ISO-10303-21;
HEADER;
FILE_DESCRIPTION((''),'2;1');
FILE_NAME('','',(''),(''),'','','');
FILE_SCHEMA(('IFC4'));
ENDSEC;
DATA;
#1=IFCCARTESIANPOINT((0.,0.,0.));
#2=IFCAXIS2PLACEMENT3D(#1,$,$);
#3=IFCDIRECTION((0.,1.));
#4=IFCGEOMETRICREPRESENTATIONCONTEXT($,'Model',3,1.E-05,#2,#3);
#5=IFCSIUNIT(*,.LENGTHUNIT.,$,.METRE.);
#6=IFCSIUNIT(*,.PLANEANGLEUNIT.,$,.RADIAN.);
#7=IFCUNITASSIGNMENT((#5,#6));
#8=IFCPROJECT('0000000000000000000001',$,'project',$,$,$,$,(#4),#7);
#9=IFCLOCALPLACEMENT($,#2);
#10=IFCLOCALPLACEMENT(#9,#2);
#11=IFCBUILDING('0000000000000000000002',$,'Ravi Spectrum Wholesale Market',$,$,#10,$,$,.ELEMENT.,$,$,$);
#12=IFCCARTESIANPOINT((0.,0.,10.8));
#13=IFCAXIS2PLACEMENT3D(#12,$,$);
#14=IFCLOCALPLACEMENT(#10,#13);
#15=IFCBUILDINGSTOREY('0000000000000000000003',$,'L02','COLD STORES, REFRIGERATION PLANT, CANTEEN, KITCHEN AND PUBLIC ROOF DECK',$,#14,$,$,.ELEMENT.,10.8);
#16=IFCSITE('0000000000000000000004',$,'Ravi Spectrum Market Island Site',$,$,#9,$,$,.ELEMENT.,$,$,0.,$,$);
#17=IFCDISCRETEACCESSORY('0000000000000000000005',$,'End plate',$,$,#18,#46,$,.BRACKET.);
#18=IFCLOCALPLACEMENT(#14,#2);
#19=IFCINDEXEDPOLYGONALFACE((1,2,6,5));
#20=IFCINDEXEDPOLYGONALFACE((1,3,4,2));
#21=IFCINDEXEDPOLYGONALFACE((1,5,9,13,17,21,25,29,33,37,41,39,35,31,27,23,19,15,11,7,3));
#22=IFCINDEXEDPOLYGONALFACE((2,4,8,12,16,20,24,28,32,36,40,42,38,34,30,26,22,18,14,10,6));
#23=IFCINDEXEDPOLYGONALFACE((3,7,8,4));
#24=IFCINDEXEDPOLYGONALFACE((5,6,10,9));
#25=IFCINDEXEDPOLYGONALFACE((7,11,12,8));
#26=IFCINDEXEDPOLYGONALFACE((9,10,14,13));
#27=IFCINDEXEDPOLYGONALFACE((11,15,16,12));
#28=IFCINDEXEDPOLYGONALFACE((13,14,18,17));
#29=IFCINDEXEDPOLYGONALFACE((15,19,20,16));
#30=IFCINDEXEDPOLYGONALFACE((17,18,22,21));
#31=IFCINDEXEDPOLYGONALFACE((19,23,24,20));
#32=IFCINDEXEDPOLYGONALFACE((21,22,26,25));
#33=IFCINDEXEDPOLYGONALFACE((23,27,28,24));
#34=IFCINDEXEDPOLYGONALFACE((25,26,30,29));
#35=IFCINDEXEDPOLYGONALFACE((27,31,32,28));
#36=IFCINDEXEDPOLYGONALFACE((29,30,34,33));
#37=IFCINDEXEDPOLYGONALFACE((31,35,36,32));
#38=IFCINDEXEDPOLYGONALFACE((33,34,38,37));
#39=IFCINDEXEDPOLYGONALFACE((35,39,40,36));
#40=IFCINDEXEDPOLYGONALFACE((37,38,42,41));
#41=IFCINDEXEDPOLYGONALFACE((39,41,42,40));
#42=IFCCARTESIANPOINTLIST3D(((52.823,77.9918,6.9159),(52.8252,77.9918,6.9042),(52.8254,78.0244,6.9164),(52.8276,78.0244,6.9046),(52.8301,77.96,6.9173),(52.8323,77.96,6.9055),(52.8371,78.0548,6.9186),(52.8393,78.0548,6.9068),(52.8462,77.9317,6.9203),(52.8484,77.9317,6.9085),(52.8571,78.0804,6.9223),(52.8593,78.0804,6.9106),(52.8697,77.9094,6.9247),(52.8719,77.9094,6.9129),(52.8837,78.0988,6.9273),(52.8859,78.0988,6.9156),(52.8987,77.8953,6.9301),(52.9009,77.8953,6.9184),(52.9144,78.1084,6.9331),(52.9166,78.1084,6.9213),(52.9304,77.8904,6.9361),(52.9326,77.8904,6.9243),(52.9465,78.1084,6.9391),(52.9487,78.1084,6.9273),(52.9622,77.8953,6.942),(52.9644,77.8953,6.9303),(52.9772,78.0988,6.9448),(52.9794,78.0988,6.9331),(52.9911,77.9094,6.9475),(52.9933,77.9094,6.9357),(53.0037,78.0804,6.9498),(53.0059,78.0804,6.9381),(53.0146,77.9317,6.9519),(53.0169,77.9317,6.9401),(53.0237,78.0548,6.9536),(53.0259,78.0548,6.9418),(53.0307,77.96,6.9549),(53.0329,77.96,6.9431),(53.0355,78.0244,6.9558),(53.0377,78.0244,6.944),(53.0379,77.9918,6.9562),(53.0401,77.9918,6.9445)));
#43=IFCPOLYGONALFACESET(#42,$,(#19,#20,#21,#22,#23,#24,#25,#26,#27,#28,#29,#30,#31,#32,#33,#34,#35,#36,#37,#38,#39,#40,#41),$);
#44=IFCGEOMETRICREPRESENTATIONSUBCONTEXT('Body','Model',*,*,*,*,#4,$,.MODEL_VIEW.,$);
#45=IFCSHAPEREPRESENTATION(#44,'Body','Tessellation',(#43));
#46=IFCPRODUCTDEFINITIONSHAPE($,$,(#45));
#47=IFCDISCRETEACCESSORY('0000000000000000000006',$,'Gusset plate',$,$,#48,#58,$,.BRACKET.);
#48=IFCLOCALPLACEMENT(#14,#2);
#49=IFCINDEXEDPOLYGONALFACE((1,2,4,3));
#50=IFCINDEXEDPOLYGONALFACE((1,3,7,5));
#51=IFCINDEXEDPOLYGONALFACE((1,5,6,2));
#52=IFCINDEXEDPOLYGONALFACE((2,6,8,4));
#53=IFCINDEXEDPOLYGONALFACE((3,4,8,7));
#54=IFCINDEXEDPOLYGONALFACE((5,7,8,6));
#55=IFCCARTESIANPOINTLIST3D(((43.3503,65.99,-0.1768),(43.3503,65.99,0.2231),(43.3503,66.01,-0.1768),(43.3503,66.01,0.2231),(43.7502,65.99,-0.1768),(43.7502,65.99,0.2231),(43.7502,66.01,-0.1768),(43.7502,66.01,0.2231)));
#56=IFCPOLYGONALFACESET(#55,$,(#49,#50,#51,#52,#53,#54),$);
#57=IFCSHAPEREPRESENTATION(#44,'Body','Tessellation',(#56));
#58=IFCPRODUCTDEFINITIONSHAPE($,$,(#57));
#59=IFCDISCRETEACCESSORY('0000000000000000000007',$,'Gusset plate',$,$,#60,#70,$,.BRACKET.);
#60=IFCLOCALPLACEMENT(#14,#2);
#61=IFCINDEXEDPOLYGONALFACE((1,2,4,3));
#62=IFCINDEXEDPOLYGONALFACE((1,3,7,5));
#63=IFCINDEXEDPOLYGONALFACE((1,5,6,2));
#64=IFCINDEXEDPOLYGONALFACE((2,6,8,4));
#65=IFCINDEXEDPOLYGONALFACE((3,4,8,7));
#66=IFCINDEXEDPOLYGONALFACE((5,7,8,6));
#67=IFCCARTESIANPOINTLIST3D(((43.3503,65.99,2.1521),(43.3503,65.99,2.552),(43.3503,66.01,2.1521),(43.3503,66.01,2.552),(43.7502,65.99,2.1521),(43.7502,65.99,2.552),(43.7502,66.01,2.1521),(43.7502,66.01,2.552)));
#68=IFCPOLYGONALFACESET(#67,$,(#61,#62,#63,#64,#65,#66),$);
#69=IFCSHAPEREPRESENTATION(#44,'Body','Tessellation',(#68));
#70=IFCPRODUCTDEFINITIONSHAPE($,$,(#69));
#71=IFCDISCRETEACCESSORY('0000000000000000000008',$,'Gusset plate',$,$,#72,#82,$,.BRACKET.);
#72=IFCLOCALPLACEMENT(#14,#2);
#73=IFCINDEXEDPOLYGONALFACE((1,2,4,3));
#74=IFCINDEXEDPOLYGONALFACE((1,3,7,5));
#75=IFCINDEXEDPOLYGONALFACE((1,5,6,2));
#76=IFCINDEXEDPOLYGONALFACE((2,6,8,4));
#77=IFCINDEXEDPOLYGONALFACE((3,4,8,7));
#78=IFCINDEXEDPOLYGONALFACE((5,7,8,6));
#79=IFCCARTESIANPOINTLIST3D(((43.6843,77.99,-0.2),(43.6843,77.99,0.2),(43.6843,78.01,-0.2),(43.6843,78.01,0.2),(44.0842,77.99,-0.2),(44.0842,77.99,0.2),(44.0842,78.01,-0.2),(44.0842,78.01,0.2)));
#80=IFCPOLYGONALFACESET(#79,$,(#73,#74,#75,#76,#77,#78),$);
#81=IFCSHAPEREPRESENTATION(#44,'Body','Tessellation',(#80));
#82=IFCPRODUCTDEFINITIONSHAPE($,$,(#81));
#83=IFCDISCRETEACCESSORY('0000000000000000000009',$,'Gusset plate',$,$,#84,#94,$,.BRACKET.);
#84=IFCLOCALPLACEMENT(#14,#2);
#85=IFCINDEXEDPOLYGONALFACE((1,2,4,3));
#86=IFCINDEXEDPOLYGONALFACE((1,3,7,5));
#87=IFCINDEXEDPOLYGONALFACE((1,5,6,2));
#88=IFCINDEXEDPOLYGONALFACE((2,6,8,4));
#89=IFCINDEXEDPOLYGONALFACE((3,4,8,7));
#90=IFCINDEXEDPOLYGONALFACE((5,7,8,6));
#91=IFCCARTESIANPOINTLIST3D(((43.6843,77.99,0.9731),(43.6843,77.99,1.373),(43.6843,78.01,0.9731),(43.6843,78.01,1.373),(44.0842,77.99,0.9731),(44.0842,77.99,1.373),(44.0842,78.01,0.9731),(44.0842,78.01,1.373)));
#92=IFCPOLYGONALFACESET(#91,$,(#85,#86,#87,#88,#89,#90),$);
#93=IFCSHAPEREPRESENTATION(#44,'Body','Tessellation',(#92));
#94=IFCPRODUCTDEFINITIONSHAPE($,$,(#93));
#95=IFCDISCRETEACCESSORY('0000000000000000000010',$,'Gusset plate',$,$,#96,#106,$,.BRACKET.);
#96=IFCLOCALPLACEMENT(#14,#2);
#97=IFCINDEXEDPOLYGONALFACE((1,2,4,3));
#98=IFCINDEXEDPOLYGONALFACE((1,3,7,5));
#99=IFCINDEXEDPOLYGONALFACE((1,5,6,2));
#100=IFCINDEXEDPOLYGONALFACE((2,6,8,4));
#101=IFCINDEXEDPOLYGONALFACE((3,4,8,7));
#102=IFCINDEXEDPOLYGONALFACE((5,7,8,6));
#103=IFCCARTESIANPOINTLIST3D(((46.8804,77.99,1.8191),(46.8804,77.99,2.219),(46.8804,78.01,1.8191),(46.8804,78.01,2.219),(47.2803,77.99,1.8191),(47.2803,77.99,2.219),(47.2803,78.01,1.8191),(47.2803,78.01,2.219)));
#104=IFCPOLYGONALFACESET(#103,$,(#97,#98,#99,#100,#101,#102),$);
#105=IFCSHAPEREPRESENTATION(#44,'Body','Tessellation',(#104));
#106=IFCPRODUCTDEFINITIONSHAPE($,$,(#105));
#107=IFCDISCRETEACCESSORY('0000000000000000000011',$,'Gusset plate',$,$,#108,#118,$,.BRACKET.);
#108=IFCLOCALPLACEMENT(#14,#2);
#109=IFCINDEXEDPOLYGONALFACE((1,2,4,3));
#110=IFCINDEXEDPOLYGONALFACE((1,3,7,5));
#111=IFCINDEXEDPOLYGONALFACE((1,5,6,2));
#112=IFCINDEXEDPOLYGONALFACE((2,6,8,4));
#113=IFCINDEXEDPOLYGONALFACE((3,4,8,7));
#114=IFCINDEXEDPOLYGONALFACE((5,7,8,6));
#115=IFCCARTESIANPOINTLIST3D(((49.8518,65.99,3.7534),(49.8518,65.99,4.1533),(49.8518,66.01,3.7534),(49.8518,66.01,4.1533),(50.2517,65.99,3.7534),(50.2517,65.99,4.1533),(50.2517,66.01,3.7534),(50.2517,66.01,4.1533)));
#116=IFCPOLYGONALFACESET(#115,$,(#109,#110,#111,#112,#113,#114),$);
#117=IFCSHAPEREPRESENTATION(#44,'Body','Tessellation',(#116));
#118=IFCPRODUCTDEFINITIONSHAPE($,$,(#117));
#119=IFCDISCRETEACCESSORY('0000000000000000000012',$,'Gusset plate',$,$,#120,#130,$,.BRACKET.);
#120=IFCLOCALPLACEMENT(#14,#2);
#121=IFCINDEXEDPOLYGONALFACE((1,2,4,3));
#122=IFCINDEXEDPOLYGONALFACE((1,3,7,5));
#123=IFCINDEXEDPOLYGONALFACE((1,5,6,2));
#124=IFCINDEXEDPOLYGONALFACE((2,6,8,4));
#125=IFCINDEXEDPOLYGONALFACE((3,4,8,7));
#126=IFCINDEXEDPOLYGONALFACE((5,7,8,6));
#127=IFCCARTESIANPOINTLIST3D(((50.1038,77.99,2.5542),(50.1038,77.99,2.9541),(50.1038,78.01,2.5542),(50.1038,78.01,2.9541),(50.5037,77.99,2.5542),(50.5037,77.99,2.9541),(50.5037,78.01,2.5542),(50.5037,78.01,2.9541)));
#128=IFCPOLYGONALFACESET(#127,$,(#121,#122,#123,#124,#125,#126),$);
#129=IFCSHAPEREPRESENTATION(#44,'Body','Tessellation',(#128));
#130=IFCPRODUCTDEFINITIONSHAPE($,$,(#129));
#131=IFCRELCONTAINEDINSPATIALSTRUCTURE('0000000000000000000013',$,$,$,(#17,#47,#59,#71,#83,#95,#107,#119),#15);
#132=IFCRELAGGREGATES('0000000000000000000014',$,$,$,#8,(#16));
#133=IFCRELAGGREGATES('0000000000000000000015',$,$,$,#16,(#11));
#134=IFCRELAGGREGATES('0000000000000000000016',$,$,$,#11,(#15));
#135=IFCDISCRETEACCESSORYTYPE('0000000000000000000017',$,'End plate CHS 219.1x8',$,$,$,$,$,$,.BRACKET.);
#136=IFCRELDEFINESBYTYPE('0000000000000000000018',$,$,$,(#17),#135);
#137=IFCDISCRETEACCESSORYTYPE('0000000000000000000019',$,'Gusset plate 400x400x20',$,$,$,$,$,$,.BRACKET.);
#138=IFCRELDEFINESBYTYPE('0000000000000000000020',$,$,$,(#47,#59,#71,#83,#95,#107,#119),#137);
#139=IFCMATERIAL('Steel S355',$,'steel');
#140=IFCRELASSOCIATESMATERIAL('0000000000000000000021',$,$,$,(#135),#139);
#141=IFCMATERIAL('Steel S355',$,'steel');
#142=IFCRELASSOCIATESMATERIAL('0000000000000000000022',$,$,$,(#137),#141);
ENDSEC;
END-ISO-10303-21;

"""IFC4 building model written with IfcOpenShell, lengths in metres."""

from ifc_helpers import new_model, si_unit, direction, frame, origin, origin_2d, place, context, subcontext, project, spatial, rectangle, circle, extrude, material, material_profile, profile_set, type_object, element, save


model = new_model("IFC4")

# Units and contexts
model_context = context("Model", 3, precision=1e-05, world=origin(), true_north=direction((0.0, 1.0)))
body_context = subcontext(model_context, "Body", "Model", "MODEL_VIEW")
ifc_project = project(units=[si_unit("LENGTHUNIT", "METRE"), si_unit("PLANEANGLEUNIT", "RADIAN")], contexts=[model_context])

# Site, building, storey
site_placement = place(None, origin())
site = spatial("IfcSite", under=ifc_project, at=site_placement, Name="Ravi Spectrum Market Island Site", CompositionType="ELEMENT", RefElevation=0.0)
building_placement = place(site_placement, origin())
building = spatial("IfcBuilding", under=site, at=building_placement, Name="Ravi Spectrum Wholesale Market", CompositionType="ELEMENT")
storey_placement = place(building_placement, frame((0.0, 0.0, 10.8)))
storey = spatial("IfcBuildingStorey", under=building, at=storey_placement, Name="L02", Description="COLD STORES, REFRIGERATION PLANT, CANTEEN, KITCHEN AND PUBLIC ROOF DECK", CompositionType="ELEMENT", Elevation=10.8)

# Discrete accessories
ifc_material_1 = material(Name="Steel S355", Category="steel")
ifc_material_profile_1 = material_profile(ifc_material_1, circle(Radius=0.1096, at=origin_2d()))
ifc_profile_set_1 = profile_set([ifc_material_profile_1], Name="Steel S355")
discrete_accessory_type_1 = type_object("IfcDiscreteAccessoryType", Name="End plate CHS 219.1x8", PredefinedType="BRACKET", material=ifc_profile_set_1)
for number, where, z_axis, x_axis, name in (
    (1, (52.9326, 78.0, 6.9243), (-0.184289, 0.0, 0.982872), (0.0, -1.0, 0.0), "End plate"),
):
    element("IfcDiscreteAccessory", number, at=place(storey_placement, frame(where, z_axis=z_axis, x_axis=x_axis)), inside=storey, type_object=discrete_accessory_type_1, Name=name, PredefinedType="BRACKET", context=body_context, shape_type="SweptSolid", body=[
        extrude(circle(Radius=0.1096, at=origin_2d()), origin(), (0.0, 0.0, 1.0), 0.012),
    ])
ifc_material_2 = material(Name="Steel S355", Category="steel")
ifc_material_profile_2 = material_profile(ifc_material_2, rectangle(XDim=0.3999, YDim=0.02, at=origin_2d()))
ifc_profile_set_2 = profile_set([ifc_material_profile_2], Name="Steel S355")
discrete_accessory_type_2 = type_object("IfcDiscreteAccessoryType", Name="Gusset plate 400x400x20", PredefinedType="BRACKET", material=ifc_profile_set_2)
for number, where, z_axis, x_axis, name in (
    (2, (43.5503, 66.0, -0.1768), (0.0, 0.0, 1.0), (1.0, 0.0, 0.0), "Gusset plate"),
    (3, (43.5503, 66.0, 2.1521), (0.0, 0.0, 1.0), (1.0, 0.0, 0.0), "Gusset plate"),
    (4, (43.8843, 78.0, -0.2), (0.0, 0.0, 1.0), (1.0, 0.0, 0.0), "Gusset plate"),
    (5, (43.8843, 78.0, 0.9731), (0.0, 0.0, 1.0), (1.0, 0.0, 0.0), "Gusset plate"),
    (6, (47.0803, 78.0, 1.8191), (0.0, 0.0, 1.0), (1.0, 0.0, 0.0), "Gusset plate"),
    (7, (50.0518, 66.0, 3.7534), (0.0, 0.0, 1.0), (1.0, 0.0, 0.0), "Gusset plate"),
    (8, (50.3037, 78.0, 2.5542), (0.0, 0.0, 1.0), (1.0, 0.0, 0.0), "Gusset plate"),
):
    element("IfcDiscreteAccessory", number, at=place(storey_placement, frame(where, z_axis=z_axis, x_axis=x_axis)), inside=storey, type_object=discrete_accessory_type_2, Name=name, PredefinedType="BRACKET", context=body_context, shape_type="SweptSolid", body=[
        extrude(rectangle(XDim=0.3999, YDim=0.02, at=origin_2d()), origin(), (0.0, 0.0, 1.0), 0.3999),
    ])

save(model, "model.ifc")
